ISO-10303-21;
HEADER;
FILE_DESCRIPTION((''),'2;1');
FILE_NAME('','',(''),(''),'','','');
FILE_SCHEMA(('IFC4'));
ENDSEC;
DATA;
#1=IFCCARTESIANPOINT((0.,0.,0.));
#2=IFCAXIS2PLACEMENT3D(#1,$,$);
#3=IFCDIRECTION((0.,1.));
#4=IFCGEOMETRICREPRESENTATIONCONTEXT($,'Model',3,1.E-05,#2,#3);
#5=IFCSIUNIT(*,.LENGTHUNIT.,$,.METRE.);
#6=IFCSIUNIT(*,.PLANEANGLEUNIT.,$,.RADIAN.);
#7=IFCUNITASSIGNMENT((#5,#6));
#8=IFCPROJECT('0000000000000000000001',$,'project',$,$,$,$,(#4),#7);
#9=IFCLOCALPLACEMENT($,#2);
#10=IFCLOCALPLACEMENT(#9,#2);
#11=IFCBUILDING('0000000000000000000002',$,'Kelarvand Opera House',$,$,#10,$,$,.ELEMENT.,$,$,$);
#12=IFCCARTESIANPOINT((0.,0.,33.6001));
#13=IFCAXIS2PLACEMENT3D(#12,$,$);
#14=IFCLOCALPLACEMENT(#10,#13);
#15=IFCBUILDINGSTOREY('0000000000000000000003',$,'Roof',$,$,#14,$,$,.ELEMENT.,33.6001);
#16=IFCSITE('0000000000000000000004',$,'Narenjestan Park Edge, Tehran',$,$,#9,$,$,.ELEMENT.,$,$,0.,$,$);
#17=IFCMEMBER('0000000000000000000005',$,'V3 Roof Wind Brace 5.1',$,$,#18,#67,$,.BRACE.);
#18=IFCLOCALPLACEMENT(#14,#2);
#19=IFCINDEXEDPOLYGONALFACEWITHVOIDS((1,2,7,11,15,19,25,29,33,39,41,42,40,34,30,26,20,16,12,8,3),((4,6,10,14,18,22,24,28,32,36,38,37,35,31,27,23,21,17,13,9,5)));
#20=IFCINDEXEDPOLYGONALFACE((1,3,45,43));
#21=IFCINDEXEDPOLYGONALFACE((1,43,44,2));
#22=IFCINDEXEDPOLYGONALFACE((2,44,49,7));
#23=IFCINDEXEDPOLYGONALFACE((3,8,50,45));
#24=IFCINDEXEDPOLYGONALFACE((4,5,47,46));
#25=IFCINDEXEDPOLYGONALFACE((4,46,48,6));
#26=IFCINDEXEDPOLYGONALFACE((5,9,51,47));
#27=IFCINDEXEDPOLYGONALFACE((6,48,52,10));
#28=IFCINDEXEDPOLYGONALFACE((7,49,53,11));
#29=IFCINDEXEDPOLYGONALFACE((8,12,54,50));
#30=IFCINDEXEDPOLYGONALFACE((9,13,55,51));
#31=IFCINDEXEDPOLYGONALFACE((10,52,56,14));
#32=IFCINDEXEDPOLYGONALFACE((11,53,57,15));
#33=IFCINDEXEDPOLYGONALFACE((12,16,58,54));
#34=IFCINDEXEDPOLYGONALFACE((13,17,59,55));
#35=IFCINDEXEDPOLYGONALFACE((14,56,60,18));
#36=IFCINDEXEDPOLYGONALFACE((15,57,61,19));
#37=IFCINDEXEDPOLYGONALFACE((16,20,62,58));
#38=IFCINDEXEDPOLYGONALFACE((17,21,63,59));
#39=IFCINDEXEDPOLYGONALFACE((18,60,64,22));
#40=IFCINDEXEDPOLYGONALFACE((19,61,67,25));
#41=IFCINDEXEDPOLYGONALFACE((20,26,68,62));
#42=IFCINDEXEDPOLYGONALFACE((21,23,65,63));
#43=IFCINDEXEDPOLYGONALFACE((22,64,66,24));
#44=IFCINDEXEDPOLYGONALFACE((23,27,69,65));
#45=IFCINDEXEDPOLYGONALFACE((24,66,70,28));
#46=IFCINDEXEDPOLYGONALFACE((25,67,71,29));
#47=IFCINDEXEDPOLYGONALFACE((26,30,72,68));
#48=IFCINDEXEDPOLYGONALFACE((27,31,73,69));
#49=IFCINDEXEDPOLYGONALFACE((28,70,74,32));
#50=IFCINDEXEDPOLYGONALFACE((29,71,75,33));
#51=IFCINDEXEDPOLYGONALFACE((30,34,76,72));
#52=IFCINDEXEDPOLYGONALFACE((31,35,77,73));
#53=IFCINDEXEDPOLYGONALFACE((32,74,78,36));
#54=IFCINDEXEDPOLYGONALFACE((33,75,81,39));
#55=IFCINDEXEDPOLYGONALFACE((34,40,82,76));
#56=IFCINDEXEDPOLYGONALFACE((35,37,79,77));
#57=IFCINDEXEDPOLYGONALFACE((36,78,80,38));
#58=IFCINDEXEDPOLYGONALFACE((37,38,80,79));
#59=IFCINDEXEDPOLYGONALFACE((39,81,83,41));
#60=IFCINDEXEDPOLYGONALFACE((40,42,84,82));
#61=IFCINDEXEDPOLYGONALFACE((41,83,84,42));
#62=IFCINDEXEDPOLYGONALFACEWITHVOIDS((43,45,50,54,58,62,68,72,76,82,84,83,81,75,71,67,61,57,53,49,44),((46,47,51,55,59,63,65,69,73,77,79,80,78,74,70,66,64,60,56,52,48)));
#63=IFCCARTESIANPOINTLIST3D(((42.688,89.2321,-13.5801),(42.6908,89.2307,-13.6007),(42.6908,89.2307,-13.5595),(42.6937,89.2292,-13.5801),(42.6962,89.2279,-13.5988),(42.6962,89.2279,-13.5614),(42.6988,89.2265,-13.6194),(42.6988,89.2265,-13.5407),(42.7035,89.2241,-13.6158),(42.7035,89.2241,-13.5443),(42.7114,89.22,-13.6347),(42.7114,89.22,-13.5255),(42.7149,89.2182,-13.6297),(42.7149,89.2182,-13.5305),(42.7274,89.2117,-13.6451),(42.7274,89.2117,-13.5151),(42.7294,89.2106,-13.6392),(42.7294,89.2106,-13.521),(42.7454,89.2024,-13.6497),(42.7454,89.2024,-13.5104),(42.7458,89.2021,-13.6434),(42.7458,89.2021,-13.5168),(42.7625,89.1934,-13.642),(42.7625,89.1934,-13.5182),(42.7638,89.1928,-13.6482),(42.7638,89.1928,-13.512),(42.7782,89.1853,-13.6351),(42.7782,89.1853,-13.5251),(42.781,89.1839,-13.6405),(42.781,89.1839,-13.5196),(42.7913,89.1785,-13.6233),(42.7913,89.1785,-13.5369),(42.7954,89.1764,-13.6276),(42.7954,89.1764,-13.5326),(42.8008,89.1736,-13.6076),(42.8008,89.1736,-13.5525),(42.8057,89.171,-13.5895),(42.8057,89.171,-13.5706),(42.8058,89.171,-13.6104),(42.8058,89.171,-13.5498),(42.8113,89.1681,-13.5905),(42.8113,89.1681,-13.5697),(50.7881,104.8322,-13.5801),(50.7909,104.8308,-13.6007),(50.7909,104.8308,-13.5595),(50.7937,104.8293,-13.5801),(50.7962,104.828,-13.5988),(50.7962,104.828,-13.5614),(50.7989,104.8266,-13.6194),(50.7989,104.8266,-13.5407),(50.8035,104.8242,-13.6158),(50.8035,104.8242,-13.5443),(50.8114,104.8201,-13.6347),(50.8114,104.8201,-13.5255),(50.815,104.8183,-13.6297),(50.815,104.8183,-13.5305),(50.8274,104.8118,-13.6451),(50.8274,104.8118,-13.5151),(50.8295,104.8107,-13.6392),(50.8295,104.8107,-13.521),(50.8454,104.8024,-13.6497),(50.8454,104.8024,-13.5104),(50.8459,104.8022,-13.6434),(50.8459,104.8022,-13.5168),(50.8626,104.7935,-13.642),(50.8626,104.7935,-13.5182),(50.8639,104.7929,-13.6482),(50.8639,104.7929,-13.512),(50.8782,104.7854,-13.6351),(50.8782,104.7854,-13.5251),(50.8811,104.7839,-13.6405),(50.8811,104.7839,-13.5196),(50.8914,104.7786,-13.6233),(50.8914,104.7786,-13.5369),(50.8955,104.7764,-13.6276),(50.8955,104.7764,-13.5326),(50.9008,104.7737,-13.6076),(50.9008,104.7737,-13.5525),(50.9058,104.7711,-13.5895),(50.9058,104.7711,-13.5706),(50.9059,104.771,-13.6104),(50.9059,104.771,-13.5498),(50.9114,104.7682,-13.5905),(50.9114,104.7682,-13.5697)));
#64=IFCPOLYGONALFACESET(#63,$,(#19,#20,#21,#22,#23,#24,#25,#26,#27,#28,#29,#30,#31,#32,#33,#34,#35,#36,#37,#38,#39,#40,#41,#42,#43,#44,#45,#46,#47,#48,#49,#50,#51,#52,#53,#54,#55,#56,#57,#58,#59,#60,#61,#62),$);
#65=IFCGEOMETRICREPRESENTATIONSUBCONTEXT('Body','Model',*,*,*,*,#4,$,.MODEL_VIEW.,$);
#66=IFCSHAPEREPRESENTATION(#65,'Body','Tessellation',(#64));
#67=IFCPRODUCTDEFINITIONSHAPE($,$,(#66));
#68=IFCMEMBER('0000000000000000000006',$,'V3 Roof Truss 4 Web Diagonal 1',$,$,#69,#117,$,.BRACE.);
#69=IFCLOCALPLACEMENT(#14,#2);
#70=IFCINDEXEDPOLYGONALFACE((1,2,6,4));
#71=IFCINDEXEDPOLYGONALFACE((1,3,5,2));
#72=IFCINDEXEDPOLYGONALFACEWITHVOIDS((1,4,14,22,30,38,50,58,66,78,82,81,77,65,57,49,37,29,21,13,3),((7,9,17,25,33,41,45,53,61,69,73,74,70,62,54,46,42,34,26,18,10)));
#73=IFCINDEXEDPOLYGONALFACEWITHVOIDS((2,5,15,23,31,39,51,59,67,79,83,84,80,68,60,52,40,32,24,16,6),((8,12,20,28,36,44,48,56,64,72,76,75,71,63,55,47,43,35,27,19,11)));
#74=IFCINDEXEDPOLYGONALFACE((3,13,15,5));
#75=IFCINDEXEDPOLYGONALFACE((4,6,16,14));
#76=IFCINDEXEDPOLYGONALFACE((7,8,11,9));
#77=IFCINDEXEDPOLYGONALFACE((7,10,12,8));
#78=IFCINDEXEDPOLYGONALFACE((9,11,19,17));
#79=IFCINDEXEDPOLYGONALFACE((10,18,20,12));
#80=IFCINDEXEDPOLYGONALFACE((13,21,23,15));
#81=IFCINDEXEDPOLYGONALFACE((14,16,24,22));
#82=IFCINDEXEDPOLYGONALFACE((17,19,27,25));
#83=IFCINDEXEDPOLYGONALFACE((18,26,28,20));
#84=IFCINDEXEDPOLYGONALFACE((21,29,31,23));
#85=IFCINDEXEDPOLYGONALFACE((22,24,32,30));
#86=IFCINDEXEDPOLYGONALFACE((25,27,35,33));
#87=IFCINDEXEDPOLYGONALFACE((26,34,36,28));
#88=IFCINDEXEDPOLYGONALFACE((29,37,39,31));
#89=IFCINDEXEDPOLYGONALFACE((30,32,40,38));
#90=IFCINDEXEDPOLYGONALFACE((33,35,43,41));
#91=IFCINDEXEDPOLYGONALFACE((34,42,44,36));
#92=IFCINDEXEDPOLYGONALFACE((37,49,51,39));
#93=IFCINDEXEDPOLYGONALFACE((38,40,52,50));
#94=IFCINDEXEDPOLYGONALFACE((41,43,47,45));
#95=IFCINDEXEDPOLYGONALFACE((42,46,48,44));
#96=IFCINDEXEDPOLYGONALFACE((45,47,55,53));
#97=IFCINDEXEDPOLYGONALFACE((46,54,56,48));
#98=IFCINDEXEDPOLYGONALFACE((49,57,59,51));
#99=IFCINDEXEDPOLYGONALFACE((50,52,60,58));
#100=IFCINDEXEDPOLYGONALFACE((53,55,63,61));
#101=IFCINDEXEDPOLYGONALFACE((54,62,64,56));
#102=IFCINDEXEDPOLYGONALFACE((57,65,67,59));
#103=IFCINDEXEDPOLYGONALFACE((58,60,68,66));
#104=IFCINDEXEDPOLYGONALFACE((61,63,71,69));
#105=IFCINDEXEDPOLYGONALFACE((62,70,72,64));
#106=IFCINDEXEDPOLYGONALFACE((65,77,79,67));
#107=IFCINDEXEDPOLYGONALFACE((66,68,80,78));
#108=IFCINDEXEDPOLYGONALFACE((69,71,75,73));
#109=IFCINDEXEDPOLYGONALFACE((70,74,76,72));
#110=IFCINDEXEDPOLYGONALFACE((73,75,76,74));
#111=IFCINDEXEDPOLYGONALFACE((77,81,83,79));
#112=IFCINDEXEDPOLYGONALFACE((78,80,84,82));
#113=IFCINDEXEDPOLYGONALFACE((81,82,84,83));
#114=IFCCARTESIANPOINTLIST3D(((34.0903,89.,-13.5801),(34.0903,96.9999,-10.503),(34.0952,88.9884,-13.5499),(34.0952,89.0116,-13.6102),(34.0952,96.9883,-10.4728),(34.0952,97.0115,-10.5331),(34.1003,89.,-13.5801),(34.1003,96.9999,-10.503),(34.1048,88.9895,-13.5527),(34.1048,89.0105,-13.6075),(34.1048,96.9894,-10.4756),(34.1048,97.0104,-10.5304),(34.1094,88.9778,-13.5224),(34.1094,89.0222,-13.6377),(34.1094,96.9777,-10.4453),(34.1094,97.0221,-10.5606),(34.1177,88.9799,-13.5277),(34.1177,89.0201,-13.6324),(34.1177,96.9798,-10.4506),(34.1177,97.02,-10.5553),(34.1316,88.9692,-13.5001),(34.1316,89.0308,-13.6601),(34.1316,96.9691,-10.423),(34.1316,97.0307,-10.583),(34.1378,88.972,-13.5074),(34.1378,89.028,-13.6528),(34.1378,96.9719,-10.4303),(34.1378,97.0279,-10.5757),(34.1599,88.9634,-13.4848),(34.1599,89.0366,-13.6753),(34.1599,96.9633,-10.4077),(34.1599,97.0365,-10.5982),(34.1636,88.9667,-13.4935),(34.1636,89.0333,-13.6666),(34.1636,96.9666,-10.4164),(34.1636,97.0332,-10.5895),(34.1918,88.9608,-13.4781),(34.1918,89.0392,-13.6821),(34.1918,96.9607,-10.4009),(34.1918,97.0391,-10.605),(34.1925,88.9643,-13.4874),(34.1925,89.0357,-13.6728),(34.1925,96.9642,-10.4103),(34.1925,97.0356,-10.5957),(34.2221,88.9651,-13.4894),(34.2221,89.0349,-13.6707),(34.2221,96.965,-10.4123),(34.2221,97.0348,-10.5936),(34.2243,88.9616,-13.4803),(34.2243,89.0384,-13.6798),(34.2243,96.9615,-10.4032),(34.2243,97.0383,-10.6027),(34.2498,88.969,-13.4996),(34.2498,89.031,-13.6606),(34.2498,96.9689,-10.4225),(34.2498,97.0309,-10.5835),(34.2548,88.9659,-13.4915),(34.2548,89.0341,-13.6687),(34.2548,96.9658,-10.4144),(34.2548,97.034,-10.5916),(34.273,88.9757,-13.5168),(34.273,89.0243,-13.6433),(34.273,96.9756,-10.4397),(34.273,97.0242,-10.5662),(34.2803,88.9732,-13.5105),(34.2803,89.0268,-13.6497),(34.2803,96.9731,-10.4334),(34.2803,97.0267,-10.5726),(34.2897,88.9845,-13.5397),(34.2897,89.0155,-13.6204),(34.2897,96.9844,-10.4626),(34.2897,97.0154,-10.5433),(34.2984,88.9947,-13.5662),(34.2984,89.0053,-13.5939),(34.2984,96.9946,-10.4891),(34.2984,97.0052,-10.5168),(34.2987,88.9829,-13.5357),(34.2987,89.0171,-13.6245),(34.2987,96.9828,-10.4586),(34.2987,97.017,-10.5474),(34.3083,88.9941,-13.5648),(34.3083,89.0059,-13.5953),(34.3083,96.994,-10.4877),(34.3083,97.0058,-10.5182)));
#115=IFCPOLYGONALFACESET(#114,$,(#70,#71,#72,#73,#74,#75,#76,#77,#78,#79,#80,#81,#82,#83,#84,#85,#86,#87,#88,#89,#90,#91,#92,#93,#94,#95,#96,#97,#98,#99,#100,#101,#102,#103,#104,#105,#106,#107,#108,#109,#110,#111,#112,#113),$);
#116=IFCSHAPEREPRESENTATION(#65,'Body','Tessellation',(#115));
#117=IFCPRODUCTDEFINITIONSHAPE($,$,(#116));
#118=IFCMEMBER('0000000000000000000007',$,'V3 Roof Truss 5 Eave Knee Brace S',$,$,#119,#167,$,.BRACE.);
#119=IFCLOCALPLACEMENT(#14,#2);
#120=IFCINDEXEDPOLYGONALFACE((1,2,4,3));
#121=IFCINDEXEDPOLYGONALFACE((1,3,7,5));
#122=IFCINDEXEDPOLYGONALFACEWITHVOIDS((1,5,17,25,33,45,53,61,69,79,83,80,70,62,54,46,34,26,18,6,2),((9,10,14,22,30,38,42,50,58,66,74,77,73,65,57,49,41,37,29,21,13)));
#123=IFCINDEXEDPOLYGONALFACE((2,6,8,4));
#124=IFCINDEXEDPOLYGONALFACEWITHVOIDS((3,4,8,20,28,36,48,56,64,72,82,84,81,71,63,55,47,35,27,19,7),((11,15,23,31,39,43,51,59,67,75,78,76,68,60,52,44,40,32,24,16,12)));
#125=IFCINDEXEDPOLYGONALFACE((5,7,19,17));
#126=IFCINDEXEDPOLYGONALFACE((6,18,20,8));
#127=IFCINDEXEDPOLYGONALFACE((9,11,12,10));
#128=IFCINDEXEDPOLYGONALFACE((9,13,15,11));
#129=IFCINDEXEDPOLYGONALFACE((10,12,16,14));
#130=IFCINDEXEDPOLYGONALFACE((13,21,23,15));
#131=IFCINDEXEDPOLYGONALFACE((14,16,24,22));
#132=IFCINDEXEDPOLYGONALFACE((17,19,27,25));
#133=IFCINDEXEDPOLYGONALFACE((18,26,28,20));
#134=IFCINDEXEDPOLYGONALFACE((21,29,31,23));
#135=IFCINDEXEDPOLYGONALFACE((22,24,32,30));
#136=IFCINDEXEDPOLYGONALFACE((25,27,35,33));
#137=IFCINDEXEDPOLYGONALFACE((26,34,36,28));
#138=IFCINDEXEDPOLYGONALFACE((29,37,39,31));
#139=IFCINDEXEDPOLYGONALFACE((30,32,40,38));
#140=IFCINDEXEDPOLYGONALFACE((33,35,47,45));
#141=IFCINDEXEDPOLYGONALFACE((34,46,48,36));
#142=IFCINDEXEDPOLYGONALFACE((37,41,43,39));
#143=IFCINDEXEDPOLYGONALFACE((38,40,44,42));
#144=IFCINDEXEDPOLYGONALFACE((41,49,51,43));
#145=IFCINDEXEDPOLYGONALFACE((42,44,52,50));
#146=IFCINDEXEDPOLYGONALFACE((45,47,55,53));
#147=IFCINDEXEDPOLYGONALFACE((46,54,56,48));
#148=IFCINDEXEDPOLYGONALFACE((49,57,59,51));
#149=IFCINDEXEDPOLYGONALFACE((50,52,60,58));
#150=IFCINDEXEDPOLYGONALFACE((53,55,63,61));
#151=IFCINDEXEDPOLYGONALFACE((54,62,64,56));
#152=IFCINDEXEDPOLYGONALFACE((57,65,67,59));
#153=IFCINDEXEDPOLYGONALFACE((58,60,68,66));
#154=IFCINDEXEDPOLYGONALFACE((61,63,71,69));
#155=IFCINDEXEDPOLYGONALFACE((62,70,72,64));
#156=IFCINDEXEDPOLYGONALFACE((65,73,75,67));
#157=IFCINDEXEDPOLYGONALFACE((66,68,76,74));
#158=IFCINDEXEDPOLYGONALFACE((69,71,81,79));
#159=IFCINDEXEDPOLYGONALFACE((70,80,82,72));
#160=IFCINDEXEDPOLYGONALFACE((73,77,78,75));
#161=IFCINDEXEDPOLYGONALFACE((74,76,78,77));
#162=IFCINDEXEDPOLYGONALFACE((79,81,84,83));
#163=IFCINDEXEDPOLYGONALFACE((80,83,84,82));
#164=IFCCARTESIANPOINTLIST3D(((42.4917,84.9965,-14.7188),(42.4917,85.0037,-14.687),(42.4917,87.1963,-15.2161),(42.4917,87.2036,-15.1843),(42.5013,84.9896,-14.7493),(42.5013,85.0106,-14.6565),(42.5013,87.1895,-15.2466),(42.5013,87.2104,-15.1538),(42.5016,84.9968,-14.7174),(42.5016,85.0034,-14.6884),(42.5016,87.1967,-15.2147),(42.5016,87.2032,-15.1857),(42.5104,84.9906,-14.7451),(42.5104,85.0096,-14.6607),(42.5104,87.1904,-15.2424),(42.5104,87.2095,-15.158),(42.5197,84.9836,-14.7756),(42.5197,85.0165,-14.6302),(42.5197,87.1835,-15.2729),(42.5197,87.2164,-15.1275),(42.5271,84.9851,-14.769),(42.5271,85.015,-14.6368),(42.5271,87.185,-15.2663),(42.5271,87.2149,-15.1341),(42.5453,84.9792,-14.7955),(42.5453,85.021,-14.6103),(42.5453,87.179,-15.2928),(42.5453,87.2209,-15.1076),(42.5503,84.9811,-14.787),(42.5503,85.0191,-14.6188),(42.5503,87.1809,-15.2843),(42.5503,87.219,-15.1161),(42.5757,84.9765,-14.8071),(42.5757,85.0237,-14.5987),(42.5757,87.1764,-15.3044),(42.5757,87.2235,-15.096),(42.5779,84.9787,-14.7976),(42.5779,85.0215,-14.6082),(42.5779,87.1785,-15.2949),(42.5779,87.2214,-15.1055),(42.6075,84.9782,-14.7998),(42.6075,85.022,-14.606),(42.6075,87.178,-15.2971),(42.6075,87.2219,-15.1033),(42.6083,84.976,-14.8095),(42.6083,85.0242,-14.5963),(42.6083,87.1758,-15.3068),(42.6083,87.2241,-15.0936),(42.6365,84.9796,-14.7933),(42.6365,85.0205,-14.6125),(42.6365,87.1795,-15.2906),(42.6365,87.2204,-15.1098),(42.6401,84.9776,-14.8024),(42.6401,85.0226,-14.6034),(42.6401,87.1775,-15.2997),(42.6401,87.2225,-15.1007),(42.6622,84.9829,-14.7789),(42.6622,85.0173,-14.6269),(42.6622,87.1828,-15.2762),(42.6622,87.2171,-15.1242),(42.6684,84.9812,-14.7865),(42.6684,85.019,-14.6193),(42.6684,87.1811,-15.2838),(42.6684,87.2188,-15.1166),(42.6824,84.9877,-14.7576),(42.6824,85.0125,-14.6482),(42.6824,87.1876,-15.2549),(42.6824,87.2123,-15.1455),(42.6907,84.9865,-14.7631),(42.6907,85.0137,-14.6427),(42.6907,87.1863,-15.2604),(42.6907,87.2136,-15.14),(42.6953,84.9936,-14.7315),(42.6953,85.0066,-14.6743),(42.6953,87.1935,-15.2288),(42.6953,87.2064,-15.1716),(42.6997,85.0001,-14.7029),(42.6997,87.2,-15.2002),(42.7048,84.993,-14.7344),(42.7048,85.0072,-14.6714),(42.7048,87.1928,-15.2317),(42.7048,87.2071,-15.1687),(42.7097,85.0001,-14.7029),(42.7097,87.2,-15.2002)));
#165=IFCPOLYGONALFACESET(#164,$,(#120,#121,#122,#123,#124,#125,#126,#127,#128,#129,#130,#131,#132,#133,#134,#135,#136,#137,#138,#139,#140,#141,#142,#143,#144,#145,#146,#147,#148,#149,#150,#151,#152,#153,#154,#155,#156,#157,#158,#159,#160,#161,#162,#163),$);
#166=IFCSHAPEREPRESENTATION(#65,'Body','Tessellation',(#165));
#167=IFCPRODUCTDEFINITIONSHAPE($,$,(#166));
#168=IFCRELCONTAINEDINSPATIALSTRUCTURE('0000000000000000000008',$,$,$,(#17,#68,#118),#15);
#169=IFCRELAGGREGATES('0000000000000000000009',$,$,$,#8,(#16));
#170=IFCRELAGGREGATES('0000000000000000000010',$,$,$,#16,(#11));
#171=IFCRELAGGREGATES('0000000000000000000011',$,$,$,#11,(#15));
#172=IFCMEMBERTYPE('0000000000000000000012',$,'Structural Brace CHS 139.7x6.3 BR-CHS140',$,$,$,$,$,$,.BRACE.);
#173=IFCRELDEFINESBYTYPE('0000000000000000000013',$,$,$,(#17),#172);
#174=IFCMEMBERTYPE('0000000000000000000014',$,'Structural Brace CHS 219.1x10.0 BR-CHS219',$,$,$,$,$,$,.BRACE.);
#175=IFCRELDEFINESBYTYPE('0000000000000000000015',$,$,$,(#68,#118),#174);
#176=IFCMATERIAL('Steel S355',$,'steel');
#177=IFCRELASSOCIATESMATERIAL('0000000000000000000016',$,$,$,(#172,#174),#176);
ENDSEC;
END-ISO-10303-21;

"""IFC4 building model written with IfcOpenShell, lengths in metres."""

from ifc_helpers import new_model, si_unit, direction, frame, origin, origin_2d, place, context, subcontext, project, spatial, hollow_circle, extrude, material, material_profile, profile_set, type_object, element, save


model = new_model("IFC4")

# Units and contexts
model_context = context("Model", 3, precision=1e-05, world=origin(), true_north=direction((0.0, 1.0)))
body_context = subcontext(model_context, "Body", "Model", "MODEL_VIEW")
ifc_project = project(units=[si_unit("LENGTHUNIT", "METRE"), si_unit("PLANEANGLEUNIT", "RADIAN")], contexts=[model_context])

# Site, building, storey
site_placement = place(None, origin())
site = spatial("IfcSite", under=ifc_project, at=site_placement, Name="Narenjestan Park Edge, Tehran", CompositionType="ELEMENT", RefElevation=0.0)
building_placement = place(site_placement, origin())
building = spatial("IfcBuilding", under=site, at=building_placement, Name="Kelarvand Opera House", CompositionType="ELEMENT")
storey_placement = place(building_placement, frame((0.0, 0.0, 33.6001)))
storey = spatial("IfcBuildingStorey", under=building, at=storey_placement, Name="Roof", CompositionType="ELEMENT", Elevation=33.6001)

# Members
ifc_material = material(Name="Steel S355", Category="steel")
ifc_material_profile_1 = material_profile(ifc_material, hollow_circle(Radius=0.0698, WallThickness=0.0063, at=origin_2d()), Name="CHS 139.7x6.3", Category="steel")
ifc_profile_set_1 = profile_set([ifc_material_profile_1], Name="Steel S355")
member_type_1 = type_object("IfcMemberType", Name="Structural Brace CHS 139.7x6.3 BR-CHS140", PredefinedType="BRACE", material=ifc_profile_set_1)
member_1_placement = place(storey_placement, frame((42.75, 89.2, -13.5801), z_axis=(0.460817, 0.887495, 0.0), x_axis=(-0.887495, 0.460817, 0.0)))
element("IfcMember", 1, at=member_1_placement, inside=storey, type_object=member_type_1, Name="V3 Roof Wind Brace 5.1", PredefinedType="BRACE", context=body_context, shape_type="SweptSolid", body=[
    extrude(hollow_circle(Radius=0.0698, WallThickness=0.0063, at=origin_2d()), origin(), (0.0, 0.0, 1.0), 17.5776),
])
ifc_material_profile_2 = material_profile(ifc_material, hollow_circle(Radius=0.1096, WallThickness=0.01, at=origin_2d()), Name="CHS 219.1x10.0", Category="steel")
ifc_profile_set_2 = profile_set([ifc_material_profile_2], Name="Steel S355")
member_type_2 = type_object("IfcMemberType", Name="Structural Brace CHS 219.1x10.0 BR-CHS219", PredefinedType="BRACE", material=ifc_profile_set_2)
member_2_placement = place(storey_placement, frame((34.2, 89.0, -13.5801), z_axis=(0.0, 0.933337, 0.359002), x_axis=(-1.0, 0.0, 0.0)))
element("IfcMember", 2, at=member_2_placement, inside=storey, type_object=member_type_2, Name="V3 Roof Truss 4 Web Diagonal 1", PredefinedType="BRACE", context=body_context, shape_type="SweptSolid", body=[
    extrude(hollow_circle(Radius=0.1096, WallThickness=0.01, at=origin_2d()), origin(), (0.0, 0.0, 1.0), 8.5713),
])
member_3_placement = place(storey_placement, frame((42.6001, 87.2, -15.2002), z_axis=(0.0, -0.975388, 0.220493), x_axis=(1.0, 0.0, 0.0)))
element("IfcMember", 3, at=member_3_placement, inside=storey, type_object=member_type_2, Name="V3 Roof Truss 5 Eave Knee Brace S", PredefinedType="BRACE", context=body_context, shape_type="SweptSolid", body=[
    extrude(hollow_circle(Radius=0.1096, WallThickness=0.01, at=origin_2d()), origin(), (0.0, 0.0, 1.0), 2.2554),
])

save(model, "model.ifc")
